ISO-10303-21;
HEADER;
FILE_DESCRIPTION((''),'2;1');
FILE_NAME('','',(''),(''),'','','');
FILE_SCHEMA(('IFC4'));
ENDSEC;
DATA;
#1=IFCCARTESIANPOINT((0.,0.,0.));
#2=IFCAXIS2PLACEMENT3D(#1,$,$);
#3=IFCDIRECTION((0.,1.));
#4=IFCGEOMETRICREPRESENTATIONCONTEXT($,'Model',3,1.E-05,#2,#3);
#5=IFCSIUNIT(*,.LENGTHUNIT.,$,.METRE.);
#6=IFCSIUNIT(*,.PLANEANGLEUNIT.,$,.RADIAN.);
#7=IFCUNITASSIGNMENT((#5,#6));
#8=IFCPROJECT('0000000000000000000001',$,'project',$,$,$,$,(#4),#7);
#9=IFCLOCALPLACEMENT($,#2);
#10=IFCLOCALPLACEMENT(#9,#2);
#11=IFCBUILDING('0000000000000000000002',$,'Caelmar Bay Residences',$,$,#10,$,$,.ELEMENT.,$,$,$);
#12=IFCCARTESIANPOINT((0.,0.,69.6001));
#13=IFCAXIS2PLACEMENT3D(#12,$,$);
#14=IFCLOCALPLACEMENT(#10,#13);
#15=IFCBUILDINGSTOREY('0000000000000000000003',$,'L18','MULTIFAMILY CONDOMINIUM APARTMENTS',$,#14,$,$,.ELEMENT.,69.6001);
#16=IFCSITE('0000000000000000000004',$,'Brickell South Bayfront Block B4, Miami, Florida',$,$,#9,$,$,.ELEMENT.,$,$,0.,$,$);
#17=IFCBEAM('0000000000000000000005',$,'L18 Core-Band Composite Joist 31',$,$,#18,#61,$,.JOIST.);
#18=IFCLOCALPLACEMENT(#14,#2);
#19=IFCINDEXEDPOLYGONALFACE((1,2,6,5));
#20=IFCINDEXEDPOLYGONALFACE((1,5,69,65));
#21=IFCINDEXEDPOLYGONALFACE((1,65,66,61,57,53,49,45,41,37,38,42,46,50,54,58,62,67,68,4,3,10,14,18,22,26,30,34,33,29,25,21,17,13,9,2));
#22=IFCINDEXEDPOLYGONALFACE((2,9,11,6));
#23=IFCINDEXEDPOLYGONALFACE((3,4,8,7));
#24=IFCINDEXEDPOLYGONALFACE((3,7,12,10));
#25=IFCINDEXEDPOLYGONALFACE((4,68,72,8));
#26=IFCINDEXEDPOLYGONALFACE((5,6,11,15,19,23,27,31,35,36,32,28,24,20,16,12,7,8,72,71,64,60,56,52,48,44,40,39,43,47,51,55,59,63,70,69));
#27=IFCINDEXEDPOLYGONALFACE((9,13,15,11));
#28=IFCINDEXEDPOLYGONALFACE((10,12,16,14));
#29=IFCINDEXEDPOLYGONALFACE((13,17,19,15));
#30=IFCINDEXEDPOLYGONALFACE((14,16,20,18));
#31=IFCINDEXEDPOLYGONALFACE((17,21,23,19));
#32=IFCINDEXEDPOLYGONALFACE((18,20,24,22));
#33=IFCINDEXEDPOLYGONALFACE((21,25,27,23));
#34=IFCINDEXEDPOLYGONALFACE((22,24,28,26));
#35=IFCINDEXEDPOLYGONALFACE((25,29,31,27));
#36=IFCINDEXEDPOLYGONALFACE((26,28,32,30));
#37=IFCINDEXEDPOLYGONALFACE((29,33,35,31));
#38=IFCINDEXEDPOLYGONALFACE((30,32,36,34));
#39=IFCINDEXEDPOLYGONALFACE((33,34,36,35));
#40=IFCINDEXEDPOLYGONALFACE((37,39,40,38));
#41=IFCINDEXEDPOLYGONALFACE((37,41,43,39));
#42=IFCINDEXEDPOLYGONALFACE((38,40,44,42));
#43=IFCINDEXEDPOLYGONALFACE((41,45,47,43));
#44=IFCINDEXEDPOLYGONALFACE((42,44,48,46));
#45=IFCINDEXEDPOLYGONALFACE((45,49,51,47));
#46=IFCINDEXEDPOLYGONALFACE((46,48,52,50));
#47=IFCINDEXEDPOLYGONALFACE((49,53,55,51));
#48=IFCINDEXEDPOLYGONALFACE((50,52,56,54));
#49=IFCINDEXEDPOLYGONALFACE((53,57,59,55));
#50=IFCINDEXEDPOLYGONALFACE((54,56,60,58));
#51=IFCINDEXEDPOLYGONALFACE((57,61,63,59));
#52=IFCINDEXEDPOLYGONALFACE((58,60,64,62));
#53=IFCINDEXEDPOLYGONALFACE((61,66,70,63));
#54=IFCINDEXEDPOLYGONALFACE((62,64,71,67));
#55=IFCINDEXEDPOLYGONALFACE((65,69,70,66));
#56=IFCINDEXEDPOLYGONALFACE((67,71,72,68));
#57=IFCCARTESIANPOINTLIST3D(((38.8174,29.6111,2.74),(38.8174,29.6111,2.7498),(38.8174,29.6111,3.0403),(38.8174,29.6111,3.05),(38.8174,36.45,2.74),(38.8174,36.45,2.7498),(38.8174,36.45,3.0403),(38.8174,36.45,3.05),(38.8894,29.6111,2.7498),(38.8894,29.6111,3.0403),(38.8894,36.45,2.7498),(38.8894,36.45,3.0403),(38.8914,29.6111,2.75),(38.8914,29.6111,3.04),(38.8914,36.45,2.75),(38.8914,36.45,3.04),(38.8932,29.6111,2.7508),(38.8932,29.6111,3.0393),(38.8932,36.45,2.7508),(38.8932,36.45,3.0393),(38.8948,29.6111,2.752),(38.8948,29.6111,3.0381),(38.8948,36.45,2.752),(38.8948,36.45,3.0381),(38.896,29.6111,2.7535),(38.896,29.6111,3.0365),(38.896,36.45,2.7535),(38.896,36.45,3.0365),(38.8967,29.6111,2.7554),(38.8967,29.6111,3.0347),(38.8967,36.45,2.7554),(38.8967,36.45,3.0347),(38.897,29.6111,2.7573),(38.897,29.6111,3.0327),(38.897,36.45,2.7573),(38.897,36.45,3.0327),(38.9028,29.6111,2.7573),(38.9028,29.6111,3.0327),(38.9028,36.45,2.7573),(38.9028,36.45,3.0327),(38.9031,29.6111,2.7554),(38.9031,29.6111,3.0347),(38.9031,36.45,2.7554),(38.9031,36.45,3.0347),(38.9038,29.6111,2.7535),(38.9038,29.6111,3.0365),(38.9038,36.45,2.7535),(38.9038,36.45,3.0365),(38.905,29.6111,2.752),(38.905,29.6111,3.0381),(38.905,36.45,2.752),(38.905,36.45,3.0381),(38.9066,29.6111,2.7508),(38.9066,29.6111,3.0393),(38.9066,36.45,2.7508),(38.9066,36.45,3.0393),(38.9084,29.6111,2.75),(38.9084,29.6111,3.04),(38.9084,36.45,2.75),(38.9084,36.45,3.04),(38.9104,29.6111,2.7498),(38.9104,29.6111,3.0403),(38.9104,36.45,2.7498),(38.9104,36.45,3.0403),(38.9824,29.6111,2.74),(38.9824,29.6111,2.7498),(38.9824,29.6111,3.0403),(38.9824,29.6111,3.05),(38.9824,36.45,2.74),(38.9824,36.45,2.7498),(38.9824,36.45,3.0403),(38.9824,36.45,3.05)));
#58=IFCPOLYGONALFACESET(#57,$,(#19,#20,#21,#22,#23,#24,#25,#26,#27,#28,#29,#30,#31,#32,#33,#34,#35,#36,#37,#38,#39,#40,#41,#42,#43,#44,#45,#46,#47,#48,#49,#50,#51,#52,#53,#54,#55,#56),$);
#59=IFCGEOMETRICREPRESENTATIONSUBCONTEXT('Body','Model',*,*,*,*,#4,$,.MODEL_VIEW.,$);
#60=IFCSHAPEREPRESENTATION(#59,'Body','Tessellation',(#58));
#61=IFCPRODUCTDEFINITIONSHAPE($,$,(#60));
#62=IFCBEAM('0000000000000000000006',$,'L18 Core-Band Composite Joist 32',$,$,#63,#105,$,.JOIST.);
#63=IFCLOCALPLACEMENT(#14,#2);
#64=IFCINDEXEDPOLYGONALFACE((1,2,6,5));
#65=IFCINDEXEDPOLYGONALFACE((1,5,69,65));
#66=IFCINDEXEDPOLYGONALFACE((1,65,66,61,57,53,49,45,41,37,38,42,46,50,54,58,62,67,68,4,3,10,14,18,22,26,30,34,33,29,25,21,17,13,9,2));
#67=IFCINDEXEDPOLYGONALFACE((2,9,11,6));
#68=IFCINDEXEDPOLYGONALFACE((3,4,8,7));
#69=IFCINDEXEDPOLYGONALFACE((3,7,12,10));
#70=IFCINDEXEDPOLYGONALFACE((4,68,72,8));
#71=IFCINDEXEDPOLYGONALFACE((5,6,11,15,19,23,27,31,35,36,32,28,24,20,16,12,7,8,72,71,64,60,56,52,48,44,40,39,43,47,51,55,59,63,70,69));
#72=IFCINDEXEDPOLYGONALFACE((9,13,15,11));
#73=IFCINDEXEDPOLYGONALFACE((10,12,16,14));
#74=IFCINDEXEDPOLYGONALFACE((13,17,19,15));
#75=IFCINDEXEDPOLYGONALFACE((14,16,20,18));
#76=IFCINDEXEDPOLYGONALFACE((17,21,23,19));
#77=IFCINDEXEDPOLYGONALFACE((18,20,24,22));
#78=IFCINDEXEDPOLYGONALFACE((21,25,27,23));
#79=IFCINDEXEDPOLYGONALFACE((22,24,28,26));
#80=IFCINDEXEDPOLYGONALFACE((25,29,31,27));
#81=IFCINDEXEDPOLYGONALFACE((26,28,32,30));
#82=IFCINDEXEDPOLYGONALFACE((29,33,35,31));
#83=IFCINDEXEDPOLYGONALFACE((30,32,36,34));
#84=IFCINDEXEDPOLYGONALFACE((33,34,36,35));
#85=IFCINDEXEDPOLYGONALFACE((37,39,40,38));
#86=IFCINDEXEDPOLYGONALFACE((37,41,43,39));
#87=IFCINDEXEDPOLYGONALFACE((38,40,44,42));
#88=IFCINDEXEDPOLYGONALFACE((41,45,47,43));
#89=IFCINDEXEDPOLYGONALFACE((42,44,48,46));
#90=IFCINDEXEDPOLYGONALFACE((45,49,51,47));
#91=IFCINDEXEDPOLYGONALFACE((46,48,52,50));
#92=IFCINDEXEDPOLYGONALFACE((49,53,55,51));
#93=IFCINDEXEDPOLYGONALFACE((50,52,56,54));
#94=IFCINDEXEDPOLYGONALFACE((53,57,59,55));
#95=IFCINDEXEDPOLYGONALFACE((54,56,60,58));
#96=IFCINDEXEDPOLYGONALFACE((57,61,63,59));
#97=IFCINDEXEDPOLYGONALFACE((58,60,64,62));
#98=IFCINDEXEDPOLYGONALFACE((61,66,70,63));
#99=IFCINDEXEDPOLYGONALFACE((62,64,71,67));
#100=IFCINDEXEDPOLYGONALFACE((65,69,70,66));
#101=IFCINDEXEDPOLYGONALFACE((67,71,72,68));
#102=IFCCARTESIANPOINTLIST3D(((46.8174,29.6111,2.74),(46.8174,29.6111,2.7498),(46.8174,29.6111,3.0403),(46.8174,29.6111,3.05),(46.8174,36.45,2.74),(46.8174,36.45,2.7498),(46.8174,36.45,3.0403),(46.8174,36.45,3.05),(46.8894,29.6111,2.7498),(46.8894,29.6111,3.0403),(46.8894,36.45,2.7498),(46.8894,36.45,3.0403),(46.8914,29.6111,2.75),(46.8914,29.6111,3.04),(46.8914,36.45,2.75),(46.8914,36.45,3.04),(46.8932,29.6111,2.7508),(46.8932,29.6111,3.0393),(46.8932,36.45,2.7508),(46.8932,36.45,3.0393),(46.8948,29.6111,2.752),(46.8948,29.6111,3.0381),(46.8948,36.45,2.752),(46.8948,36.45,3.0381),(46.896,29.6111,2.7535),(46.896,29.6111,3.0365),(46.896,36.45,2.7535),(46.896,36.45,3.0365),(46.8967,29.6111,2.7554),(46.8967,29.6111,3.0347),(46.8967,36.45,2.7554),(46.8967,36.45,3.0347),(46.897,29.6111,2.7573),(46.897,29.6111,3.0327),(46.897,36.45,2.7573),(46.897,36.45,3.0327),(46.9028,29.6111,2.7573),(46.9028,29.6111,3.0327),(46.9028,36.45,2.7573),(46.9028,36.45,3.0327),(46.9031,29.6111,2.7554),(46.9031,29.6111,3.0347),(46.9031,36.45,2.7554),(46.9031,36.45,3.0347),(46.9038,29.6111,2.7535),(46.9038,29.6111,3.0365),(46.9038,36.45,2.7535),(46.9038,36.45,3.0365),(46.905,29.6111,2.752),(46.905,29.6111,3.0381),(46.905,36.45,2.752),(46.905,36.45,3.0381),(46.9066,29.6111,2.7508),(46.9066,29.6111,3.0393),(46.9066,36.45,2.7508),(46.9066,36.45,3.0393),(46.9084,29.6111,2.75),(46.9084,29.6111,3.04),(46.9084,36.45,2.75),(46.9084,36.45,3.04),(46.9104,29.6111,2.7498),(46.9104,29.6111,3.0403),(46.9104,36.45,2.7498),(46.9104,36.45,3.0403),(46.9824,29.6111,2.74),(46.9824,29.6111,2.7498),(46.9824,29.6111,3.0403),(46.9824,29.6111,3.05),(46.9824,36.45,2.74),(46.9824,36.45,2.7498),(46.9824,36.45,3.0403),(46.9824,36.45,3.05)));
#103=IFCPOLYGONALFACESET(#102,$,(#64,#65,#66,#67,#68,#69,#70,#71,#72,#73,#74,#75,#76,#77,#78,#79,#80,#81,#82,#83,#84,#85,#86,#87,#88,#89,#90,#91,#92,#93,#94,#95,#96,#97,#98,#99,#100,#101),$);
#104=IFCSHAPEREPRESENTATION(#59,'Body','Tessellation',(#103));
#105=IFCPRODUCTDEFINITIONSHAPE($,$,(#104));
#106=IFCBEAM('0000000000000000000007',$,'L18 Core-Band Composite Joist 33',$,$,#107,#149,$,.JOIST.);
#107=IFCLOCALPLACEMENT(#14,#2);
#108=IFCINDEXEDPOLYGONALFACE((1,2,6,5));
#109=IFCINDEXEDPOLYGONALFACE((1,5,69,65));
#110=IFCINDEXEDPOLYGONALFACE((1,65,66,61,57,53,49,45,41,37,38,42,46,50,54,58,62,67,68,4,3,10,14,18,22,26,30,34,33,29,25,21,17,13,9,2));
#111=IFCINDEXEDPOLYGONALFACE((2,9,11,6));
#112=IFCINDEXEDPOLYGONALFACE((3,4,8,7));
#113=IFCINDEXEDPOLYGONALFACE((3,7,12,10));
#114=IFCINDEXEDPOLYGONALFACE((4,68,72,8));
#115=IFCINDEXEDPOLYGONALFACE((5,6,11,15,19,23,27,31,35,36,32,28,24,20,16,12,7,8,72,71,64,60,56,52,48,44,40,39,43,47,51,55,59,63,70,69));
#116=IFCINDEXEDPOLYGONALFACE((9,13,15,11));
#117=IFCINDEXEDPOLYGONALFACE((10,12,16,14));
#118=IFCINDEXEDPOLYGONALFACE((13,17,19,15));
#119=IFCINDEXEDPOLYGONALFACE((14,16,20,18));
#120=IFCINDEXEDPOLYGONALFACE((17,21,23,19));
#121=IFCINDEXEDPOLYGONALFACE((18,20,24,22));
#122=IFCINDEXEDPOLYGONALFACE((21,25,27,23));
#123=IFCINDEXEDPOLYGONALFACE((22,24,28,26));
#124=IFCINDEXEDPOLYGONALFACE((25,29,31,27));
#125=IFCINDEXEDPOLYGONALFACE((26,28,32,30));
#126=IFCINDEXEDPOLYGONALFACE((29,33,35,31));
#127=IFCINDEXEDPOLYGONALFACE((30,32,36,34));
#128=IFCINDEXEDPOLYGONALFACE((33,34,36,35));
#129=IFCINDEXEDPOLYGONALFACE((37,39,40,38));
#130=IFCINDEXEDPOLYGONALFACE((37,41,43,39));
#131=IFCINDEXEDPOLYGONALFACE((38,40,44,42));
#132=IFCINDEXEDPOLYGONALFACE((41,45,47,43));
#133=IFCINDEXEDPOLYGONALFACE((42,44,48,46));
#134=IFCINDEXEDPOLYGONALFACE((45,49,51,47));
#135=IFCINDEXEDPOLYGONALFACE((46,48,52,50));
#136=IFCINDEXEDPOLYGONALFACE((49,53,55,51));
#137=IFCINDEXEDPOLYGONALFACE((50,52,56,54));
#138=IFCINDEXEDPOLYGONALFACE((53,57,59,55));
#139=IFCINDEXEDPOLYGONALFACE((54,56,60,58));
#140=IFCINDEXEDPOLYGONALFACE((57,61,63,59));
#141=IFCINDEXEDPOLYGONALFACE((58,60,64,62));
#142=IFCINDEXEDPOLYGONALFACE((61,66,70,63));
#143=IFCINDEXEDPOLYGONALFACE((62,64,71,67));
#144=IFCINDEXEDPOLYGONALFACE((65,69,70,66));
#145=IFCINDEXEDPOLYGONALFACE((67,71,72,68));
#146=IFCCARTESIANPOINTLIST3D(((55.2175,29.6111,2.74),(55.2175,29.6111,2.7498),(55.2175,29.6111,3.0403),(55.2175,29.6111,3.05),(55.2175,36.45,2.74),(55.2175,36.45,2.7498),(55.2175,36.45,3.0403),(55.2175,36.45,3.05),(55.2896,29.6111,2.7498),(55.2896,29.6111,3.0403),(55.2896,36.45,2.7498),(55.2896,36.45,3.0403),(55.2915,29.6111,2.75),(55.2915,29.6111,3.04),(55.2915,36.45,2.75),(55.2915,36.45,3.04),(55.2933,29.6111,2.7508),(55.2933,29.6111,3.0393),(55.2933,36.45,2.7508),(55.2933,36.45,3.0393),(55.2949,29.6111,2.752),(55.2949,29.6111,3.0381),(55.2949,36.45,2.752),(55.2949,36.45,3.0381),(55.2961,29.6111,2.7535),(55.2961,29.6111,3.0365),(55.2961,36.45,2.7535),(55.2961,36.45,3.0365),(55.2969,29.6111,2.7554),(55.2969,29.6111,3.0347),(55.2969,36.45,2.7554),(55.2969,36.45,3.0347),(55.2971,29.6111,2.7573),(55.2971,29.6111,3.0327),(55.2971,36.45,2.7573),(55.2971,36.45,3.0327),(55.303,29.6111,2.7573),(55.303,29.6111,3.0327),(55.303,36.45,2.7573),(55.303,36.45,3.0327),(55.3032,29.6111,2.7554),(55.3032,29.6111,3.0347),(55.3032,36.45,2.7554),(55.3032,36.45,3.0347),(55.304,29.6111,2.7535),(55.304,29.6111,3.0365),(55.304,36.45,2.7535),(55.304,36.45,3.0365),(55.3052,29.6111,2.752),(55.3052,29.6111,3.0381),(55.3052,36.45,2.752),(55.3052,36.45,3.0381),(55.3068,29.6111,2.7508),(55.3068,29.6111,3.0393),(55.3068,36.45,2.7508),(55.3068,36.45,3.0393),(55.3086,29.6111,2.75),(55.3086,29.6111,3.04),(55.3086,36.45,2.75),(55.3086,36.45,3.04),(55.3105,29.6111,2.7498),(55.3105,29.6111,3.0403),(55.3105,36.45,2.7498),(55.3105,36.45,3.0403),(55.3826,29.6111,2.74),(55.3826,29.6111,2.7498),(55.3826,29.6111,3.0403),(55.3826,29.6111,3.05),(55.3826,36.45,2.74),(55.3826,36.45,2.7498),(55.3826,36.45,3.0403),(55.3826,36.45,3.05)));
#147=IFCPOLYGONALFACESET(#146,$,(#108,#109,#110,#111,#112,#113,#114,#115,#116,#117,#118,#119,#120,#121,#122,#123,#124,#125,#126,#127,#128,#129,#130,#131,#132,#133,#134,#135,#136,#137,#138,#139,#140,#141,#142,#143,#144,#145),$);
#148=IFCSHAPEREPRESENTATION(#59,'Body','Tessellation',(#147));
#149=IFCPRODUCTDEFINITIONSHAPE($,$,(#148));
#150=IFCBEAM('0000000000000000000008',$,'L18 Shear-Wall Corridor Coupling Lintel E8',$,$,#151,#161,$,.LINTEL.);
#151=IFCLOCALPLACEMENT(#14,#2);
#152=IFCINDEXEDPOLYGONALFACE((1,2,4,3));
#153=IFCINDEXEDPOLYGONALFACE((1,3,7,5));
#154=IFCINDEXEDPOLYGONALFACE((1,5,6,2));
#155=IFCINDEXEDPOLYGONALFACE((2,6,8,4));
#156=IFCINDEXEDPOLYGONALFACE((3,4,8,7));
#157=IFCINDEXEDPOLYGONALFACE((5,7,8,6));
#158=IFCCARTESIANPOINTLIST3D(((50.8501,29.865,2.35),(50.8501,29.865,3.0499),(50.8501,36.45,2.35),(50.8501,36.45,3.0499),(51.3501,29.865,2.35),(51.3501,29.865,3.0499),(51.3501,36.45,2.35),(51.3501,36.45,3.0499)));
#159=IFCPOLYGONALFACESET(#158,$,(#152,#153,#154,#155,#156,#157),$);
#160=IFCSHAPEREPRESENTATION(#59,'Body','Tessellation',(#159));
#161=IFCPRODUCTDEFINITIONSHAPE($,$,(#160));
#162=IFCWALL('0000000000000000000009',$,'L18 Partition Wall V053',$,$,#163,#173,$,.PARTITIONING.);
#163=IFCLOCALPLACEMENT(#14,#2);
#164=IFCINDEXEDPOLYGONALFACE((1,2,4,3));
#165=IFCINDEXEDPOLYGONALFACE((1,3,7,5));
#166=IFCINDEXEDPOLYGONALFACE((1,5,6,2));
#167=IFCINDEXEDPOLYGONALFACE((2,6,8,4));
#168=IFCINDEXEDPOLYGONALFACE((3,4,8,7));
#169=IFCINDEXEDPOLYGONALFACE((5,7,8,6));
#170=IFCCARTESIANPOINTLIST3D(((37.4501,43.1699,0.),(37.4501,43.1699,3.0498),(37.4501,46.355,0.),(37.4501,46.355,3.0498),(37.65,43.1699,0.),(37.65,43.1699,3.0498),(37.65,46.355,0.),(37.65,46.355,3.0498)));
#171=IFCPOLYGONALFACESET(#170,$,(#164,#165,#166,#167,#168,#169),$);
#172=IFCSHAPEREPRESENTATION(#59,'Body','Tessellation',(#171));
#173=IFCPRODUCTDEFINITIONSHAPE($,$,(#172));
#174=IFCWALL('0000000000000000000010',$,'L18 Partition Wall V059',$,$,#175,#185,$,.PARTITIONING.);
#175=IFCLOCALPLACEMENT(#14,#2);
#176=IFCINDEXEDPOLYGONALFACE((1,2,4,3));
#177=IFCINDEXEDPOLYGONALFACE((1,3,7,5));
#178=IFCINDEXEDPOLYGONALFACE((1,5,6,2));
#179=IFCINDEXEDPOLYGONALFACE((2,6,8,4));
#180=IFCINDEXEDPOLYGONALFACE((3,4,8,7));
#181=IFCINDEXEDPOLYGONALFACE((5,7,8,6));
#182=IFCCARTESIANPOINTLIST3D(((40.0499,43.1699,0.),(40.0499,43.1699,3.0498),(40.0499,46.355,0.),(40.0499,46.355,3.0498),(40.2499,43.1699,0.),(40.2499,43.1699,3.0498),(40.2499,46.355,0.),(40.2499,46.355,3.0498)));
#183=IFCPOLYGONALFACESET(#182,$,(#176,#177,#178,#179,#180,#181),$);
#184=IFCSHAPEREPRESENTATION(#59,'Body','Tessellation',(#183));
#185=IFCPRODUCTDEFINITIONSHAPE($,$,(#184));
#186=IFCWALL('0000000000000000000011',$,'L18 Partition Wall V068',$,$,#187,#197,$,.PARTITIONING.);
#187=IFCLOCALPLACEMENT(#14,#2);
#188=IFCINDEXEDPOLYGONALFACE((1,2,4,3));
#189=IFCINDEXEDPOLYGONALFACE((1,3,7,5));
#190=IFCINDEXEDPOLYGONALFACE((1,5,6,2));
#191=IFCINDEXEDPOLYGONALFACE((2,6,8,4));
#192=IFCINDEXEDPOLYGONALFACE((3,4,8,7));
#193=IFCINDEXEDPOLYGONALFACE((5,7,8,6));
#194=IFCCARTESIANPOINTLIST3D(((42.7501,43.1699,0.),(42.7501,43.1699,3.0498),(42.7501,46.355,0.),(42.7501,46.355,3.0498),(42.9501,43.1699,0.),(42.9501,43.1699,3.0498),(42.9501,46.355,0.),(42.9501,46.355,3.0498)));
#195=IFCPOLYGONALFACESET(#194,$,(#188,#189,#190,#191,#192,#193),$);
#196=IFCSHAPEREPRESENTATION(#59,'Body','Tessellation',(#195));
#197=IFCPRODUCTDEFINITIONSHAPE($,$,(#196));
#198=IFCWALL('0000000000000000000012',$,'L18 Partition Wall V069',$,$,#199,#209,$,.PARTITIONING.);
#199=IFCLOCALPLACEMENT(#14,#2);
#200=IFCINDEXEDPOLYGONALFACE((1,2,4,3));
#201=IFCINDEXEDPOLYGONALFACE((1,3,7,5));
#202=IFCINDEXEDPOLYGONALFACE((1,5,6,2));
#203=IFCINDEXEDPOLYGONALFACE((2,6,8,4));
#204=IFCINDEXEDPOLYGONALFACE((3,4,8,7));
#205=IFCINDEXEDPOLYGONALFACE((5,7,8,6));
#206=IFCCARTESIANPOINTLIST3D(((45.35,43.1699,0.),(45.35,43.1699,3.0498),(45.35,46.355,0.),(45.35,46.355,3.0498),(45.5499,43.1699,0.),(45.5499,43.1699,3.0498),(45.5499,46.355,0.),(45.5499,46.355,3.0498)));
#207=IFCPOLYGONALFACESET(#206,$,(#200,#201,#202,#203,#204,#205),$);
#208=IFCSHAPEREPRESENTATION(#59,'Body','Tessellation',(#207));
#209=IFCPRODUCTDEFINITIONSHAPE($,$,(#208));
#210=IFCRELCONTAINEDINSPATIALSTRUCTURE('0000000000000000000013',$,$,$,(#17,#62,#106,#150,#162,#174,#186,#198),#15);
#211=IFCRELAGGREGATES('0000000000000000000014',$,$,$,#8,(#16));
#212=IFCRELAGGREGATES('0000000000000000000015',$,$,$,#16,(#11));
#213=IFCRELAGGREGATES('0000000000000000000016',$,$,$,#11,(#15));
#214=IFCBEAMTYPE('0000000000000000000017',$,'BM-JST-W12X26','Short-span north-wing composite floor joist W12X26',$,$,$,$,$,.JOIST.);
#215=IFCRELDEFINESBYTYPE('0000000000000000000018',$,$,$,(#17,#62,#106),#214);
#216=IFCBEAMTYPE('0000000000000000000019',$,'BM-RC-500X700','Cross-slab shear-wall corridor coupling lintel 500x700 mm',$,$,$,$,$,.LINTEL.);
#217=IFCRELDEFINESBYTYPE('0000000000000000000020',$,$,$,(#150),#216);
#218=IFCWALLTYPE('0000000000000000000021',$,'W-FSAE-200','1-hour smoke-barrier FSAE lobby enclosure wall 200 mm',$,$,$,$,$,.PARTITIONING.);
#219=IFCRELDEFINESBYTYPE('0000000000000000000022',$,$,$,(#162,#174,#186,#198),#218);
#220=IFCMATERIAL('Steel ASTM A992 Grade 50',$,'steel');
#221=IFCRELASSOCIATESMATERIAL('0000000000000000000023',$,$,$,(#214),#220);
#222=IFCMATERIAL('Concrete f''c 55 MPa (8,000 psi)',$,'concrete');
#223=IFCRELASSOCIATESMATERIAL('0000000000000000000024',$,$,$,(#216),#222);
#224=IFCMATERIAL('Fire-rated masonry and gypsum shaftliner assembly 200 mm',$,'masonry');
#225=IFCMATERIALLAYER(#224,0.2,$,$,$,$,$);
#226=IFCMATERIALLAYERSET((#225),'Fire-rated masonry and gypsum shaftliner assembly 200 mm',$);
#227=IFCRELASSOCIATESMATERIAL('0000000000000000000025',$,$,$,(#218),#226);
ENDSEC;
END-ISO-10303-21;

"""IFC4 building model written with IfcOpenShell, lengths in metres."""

from ifc_helpers import new_model, si_unit, direction, frame, frame_2d, origin, origin_2d, place, context, subcontext, project, spatial, rectangle, i_section, extrude, material, layer, layer_set, material_profile, profile_set, type_object, element, save


model = new_model("IFC4")

# Units and contexts
model_context = context("Model", 3, precision=1e-05, world=origin(), true_north=direction((0.0, 1.0)))
body_context = subcontext(model_context, "Body", "Model", "MODEL_VIEW")
ifc_project = project(units=[si_unit("LENGTHUNIT", "METRE"), si_unit("PLANEANGLEUNIT", "RADIAN")], contexts=[model_context])

# Site, building, storey
site_placement = place(None, origin())
site = spatial("IfcSite", under=ifc_project, at=site_placement, Name="Brickell South Bayfront Block B4, Miami, Florida", CompositionType="ELEMENT", RefElevation=0.0)
building_placement = place(site_placement, origin())
building = spatial("IfcBuilding", under=site, at=building_placement, Name="Caelmar Bay Residences", CompositionType="ELEMENT")
storey_placement = place(building_placement, frame((0.0, 0.0, 69.6001)))
storey = spatial("IfcBuildingStorey", under=building, at=storey_placement, Name="L18", Description="MULTIFAMILY CONDOMINIUM APARTMENTS", CompositionType="ELEMENT", Elevation=69.6001)

# Beams
ifc_material_1 = material(Name="Steel ASTM A992 Grade 50", Category="steel")
ifc_material_profile_1 = material_profile(ifc_material_1, i_section(OverallWidth=0.165, OverallDepth=0.3101, WebThickness=0.0059, FlangeThickness=0.0098, FilletRadius=0.0076, at=origin_2d()), Name="W12X26")
ifc_profile_set_1 = profile_set([ifc_material_profile_1], Name="Steel ASTM A992 Grade 50")
beam_type_1 = type_object("IfcBeamType", Name="BM-JST-W12X26", Description="Short-span north-wing composite floor joist W12X26", PredefinedType="JOIST", material=ifc_profile_set_1)
for number, where, z_axis, x_axis, name in (
    (1, (38.8999, 29.6111, 2.895), (0.0, 1.0, 0.0), (-1.0, 0.0, 0.0), "L18 Core-Band Composite Joist 31"),
    (2, (46.8999, 29.6111, 2.895), (0.0, 1.0, 0.0), (-1.0, 0.0, 0.0), "L18 Core-Band Composite Joist 32"),
    (3, (55.3, 29.6111, 2.895), (0.0, 1.0, 0.0), (-1.0, 0.0, 0.0), "L18 Core-Band Composite Joist 33"),
):
    element("IfcBeam", number, at=place(storey_placement, frame(where, z_axis=z_axis, x_axis=x_axis)), inside=storey, type_object=beam_type_1, Name=name, PredefinedType="JOIST", context=body_context, shape_type="SweptSolid", body=[
        extrude(i_section(OverallWidth=0.165, OverallDepth=0.3101, WebThickness=0.0059, FlangeThickness=0.0098, FilletRadius=0.0076, at=origin_2d()), origin(), (0.0, 0.0, 1.0), 6.8389),
    ])
ifc_material_2 = material(Name="Concrete f'c 55 MPa (8,000 psi)", Category="concrete")
ifc_material_profile_2 = material_profile(ifc_material_2, rectangle(XDim=0.5, YDim=0.7, at=origin_2d()), Name="RC-BM-500X700")
ifc_profile_set_2 = profile_set([ifc_material_profile_2], Name="Concrete f'c 55 MPa (8,000 psi)")
beam_type_2 = type_object("IfcBeamType", Name="BM-RC-500X700", Description="Cross-slab shear-wall corridor coupling lintel 500x700 mm", PredefinedType="LINTEL", material=ifc_profile_set_2)
beam_1_placement = place(storey_placement, frame((51.1001, 29.865, 2.7), z_axis=(0.0, 1.0, 0.0), x_axis=(-1.0, 0.0, 0.0)))
element("IfcBeam", 4, at=beam_1_placement, inside=storey, type_object=beam_type_2, Name="L18 Shear-Wall Corridor Coupling Lintel E8", PredefinedType="LINTEL", context=body_context, shape_type="SweptSolid", body=[
    extrude(rectangle(XDim=0.5, YDim=0.7, at=origin_2d()), origin(), (0.0, 0.0, 1.0), 6.585),
])

# Walls
ifc_material_3 = material(Name="Fire-rated masonry and gypsum shaftliner assembly 200 mm", Category="masonry")
ifc_layer_1 = layer(ifc_material_3, 0.2)
ifc_layer_set_1 = layer_set([ifc_layer_1], Name="Fire-rated masonry and gypsum shaftliner assembly 200 mm")
wall_type_1 = type_object("IfcWallType", Name="W-FSAE-200", Description="1-hour smoke-barrier FSAE lobby enclosure wall 200 mm", PredefinedType="PARTITIONING", material=ifc_layer_set_1)
for number, where, z_axis, x_axis, name in (
    (5, (37.55, 43.1699, 0.0), (0.0, 0.0, 1.0), (0.0, 1.0, 0.0), "L18 Partition Wall V053"),
    (6, (40.1499, 43.1699, 0.0), (0.0, 0.0, 1.0), (0.0, 1.0, 0.0), "L18 Partition Wall V059"),
    (7, (42.8501, 43.1699, 0.0), (0.0, 0.0, 1.0), (0.0, 1.0, 0.0), "L18 Partition Wall V068"),
    (8, (45.45, 43.1699, 0.0), (0.0, 0.0, 1.0), (0.0, 1.0, 0.0), "L18 Partition Wall V069"),
):
    element("IfcWall", number, at=place(storey_placement, frame(where, z_axis=z_axis, x_axis=x_axis)), inside=storey, type_object=wall_type_1, Name=name, PredefinedType="PARTITIONING", context=body_context, shape_type="SweptSolid", body=[
        extrude(rectangle(XDim=3.1851, YDim=0.2, at=frame_2d((1.5925, 0.0))), origin(), (0.0, 0.0, 1.0), 3.0498),
    ])

save(model, "model.ifc")
